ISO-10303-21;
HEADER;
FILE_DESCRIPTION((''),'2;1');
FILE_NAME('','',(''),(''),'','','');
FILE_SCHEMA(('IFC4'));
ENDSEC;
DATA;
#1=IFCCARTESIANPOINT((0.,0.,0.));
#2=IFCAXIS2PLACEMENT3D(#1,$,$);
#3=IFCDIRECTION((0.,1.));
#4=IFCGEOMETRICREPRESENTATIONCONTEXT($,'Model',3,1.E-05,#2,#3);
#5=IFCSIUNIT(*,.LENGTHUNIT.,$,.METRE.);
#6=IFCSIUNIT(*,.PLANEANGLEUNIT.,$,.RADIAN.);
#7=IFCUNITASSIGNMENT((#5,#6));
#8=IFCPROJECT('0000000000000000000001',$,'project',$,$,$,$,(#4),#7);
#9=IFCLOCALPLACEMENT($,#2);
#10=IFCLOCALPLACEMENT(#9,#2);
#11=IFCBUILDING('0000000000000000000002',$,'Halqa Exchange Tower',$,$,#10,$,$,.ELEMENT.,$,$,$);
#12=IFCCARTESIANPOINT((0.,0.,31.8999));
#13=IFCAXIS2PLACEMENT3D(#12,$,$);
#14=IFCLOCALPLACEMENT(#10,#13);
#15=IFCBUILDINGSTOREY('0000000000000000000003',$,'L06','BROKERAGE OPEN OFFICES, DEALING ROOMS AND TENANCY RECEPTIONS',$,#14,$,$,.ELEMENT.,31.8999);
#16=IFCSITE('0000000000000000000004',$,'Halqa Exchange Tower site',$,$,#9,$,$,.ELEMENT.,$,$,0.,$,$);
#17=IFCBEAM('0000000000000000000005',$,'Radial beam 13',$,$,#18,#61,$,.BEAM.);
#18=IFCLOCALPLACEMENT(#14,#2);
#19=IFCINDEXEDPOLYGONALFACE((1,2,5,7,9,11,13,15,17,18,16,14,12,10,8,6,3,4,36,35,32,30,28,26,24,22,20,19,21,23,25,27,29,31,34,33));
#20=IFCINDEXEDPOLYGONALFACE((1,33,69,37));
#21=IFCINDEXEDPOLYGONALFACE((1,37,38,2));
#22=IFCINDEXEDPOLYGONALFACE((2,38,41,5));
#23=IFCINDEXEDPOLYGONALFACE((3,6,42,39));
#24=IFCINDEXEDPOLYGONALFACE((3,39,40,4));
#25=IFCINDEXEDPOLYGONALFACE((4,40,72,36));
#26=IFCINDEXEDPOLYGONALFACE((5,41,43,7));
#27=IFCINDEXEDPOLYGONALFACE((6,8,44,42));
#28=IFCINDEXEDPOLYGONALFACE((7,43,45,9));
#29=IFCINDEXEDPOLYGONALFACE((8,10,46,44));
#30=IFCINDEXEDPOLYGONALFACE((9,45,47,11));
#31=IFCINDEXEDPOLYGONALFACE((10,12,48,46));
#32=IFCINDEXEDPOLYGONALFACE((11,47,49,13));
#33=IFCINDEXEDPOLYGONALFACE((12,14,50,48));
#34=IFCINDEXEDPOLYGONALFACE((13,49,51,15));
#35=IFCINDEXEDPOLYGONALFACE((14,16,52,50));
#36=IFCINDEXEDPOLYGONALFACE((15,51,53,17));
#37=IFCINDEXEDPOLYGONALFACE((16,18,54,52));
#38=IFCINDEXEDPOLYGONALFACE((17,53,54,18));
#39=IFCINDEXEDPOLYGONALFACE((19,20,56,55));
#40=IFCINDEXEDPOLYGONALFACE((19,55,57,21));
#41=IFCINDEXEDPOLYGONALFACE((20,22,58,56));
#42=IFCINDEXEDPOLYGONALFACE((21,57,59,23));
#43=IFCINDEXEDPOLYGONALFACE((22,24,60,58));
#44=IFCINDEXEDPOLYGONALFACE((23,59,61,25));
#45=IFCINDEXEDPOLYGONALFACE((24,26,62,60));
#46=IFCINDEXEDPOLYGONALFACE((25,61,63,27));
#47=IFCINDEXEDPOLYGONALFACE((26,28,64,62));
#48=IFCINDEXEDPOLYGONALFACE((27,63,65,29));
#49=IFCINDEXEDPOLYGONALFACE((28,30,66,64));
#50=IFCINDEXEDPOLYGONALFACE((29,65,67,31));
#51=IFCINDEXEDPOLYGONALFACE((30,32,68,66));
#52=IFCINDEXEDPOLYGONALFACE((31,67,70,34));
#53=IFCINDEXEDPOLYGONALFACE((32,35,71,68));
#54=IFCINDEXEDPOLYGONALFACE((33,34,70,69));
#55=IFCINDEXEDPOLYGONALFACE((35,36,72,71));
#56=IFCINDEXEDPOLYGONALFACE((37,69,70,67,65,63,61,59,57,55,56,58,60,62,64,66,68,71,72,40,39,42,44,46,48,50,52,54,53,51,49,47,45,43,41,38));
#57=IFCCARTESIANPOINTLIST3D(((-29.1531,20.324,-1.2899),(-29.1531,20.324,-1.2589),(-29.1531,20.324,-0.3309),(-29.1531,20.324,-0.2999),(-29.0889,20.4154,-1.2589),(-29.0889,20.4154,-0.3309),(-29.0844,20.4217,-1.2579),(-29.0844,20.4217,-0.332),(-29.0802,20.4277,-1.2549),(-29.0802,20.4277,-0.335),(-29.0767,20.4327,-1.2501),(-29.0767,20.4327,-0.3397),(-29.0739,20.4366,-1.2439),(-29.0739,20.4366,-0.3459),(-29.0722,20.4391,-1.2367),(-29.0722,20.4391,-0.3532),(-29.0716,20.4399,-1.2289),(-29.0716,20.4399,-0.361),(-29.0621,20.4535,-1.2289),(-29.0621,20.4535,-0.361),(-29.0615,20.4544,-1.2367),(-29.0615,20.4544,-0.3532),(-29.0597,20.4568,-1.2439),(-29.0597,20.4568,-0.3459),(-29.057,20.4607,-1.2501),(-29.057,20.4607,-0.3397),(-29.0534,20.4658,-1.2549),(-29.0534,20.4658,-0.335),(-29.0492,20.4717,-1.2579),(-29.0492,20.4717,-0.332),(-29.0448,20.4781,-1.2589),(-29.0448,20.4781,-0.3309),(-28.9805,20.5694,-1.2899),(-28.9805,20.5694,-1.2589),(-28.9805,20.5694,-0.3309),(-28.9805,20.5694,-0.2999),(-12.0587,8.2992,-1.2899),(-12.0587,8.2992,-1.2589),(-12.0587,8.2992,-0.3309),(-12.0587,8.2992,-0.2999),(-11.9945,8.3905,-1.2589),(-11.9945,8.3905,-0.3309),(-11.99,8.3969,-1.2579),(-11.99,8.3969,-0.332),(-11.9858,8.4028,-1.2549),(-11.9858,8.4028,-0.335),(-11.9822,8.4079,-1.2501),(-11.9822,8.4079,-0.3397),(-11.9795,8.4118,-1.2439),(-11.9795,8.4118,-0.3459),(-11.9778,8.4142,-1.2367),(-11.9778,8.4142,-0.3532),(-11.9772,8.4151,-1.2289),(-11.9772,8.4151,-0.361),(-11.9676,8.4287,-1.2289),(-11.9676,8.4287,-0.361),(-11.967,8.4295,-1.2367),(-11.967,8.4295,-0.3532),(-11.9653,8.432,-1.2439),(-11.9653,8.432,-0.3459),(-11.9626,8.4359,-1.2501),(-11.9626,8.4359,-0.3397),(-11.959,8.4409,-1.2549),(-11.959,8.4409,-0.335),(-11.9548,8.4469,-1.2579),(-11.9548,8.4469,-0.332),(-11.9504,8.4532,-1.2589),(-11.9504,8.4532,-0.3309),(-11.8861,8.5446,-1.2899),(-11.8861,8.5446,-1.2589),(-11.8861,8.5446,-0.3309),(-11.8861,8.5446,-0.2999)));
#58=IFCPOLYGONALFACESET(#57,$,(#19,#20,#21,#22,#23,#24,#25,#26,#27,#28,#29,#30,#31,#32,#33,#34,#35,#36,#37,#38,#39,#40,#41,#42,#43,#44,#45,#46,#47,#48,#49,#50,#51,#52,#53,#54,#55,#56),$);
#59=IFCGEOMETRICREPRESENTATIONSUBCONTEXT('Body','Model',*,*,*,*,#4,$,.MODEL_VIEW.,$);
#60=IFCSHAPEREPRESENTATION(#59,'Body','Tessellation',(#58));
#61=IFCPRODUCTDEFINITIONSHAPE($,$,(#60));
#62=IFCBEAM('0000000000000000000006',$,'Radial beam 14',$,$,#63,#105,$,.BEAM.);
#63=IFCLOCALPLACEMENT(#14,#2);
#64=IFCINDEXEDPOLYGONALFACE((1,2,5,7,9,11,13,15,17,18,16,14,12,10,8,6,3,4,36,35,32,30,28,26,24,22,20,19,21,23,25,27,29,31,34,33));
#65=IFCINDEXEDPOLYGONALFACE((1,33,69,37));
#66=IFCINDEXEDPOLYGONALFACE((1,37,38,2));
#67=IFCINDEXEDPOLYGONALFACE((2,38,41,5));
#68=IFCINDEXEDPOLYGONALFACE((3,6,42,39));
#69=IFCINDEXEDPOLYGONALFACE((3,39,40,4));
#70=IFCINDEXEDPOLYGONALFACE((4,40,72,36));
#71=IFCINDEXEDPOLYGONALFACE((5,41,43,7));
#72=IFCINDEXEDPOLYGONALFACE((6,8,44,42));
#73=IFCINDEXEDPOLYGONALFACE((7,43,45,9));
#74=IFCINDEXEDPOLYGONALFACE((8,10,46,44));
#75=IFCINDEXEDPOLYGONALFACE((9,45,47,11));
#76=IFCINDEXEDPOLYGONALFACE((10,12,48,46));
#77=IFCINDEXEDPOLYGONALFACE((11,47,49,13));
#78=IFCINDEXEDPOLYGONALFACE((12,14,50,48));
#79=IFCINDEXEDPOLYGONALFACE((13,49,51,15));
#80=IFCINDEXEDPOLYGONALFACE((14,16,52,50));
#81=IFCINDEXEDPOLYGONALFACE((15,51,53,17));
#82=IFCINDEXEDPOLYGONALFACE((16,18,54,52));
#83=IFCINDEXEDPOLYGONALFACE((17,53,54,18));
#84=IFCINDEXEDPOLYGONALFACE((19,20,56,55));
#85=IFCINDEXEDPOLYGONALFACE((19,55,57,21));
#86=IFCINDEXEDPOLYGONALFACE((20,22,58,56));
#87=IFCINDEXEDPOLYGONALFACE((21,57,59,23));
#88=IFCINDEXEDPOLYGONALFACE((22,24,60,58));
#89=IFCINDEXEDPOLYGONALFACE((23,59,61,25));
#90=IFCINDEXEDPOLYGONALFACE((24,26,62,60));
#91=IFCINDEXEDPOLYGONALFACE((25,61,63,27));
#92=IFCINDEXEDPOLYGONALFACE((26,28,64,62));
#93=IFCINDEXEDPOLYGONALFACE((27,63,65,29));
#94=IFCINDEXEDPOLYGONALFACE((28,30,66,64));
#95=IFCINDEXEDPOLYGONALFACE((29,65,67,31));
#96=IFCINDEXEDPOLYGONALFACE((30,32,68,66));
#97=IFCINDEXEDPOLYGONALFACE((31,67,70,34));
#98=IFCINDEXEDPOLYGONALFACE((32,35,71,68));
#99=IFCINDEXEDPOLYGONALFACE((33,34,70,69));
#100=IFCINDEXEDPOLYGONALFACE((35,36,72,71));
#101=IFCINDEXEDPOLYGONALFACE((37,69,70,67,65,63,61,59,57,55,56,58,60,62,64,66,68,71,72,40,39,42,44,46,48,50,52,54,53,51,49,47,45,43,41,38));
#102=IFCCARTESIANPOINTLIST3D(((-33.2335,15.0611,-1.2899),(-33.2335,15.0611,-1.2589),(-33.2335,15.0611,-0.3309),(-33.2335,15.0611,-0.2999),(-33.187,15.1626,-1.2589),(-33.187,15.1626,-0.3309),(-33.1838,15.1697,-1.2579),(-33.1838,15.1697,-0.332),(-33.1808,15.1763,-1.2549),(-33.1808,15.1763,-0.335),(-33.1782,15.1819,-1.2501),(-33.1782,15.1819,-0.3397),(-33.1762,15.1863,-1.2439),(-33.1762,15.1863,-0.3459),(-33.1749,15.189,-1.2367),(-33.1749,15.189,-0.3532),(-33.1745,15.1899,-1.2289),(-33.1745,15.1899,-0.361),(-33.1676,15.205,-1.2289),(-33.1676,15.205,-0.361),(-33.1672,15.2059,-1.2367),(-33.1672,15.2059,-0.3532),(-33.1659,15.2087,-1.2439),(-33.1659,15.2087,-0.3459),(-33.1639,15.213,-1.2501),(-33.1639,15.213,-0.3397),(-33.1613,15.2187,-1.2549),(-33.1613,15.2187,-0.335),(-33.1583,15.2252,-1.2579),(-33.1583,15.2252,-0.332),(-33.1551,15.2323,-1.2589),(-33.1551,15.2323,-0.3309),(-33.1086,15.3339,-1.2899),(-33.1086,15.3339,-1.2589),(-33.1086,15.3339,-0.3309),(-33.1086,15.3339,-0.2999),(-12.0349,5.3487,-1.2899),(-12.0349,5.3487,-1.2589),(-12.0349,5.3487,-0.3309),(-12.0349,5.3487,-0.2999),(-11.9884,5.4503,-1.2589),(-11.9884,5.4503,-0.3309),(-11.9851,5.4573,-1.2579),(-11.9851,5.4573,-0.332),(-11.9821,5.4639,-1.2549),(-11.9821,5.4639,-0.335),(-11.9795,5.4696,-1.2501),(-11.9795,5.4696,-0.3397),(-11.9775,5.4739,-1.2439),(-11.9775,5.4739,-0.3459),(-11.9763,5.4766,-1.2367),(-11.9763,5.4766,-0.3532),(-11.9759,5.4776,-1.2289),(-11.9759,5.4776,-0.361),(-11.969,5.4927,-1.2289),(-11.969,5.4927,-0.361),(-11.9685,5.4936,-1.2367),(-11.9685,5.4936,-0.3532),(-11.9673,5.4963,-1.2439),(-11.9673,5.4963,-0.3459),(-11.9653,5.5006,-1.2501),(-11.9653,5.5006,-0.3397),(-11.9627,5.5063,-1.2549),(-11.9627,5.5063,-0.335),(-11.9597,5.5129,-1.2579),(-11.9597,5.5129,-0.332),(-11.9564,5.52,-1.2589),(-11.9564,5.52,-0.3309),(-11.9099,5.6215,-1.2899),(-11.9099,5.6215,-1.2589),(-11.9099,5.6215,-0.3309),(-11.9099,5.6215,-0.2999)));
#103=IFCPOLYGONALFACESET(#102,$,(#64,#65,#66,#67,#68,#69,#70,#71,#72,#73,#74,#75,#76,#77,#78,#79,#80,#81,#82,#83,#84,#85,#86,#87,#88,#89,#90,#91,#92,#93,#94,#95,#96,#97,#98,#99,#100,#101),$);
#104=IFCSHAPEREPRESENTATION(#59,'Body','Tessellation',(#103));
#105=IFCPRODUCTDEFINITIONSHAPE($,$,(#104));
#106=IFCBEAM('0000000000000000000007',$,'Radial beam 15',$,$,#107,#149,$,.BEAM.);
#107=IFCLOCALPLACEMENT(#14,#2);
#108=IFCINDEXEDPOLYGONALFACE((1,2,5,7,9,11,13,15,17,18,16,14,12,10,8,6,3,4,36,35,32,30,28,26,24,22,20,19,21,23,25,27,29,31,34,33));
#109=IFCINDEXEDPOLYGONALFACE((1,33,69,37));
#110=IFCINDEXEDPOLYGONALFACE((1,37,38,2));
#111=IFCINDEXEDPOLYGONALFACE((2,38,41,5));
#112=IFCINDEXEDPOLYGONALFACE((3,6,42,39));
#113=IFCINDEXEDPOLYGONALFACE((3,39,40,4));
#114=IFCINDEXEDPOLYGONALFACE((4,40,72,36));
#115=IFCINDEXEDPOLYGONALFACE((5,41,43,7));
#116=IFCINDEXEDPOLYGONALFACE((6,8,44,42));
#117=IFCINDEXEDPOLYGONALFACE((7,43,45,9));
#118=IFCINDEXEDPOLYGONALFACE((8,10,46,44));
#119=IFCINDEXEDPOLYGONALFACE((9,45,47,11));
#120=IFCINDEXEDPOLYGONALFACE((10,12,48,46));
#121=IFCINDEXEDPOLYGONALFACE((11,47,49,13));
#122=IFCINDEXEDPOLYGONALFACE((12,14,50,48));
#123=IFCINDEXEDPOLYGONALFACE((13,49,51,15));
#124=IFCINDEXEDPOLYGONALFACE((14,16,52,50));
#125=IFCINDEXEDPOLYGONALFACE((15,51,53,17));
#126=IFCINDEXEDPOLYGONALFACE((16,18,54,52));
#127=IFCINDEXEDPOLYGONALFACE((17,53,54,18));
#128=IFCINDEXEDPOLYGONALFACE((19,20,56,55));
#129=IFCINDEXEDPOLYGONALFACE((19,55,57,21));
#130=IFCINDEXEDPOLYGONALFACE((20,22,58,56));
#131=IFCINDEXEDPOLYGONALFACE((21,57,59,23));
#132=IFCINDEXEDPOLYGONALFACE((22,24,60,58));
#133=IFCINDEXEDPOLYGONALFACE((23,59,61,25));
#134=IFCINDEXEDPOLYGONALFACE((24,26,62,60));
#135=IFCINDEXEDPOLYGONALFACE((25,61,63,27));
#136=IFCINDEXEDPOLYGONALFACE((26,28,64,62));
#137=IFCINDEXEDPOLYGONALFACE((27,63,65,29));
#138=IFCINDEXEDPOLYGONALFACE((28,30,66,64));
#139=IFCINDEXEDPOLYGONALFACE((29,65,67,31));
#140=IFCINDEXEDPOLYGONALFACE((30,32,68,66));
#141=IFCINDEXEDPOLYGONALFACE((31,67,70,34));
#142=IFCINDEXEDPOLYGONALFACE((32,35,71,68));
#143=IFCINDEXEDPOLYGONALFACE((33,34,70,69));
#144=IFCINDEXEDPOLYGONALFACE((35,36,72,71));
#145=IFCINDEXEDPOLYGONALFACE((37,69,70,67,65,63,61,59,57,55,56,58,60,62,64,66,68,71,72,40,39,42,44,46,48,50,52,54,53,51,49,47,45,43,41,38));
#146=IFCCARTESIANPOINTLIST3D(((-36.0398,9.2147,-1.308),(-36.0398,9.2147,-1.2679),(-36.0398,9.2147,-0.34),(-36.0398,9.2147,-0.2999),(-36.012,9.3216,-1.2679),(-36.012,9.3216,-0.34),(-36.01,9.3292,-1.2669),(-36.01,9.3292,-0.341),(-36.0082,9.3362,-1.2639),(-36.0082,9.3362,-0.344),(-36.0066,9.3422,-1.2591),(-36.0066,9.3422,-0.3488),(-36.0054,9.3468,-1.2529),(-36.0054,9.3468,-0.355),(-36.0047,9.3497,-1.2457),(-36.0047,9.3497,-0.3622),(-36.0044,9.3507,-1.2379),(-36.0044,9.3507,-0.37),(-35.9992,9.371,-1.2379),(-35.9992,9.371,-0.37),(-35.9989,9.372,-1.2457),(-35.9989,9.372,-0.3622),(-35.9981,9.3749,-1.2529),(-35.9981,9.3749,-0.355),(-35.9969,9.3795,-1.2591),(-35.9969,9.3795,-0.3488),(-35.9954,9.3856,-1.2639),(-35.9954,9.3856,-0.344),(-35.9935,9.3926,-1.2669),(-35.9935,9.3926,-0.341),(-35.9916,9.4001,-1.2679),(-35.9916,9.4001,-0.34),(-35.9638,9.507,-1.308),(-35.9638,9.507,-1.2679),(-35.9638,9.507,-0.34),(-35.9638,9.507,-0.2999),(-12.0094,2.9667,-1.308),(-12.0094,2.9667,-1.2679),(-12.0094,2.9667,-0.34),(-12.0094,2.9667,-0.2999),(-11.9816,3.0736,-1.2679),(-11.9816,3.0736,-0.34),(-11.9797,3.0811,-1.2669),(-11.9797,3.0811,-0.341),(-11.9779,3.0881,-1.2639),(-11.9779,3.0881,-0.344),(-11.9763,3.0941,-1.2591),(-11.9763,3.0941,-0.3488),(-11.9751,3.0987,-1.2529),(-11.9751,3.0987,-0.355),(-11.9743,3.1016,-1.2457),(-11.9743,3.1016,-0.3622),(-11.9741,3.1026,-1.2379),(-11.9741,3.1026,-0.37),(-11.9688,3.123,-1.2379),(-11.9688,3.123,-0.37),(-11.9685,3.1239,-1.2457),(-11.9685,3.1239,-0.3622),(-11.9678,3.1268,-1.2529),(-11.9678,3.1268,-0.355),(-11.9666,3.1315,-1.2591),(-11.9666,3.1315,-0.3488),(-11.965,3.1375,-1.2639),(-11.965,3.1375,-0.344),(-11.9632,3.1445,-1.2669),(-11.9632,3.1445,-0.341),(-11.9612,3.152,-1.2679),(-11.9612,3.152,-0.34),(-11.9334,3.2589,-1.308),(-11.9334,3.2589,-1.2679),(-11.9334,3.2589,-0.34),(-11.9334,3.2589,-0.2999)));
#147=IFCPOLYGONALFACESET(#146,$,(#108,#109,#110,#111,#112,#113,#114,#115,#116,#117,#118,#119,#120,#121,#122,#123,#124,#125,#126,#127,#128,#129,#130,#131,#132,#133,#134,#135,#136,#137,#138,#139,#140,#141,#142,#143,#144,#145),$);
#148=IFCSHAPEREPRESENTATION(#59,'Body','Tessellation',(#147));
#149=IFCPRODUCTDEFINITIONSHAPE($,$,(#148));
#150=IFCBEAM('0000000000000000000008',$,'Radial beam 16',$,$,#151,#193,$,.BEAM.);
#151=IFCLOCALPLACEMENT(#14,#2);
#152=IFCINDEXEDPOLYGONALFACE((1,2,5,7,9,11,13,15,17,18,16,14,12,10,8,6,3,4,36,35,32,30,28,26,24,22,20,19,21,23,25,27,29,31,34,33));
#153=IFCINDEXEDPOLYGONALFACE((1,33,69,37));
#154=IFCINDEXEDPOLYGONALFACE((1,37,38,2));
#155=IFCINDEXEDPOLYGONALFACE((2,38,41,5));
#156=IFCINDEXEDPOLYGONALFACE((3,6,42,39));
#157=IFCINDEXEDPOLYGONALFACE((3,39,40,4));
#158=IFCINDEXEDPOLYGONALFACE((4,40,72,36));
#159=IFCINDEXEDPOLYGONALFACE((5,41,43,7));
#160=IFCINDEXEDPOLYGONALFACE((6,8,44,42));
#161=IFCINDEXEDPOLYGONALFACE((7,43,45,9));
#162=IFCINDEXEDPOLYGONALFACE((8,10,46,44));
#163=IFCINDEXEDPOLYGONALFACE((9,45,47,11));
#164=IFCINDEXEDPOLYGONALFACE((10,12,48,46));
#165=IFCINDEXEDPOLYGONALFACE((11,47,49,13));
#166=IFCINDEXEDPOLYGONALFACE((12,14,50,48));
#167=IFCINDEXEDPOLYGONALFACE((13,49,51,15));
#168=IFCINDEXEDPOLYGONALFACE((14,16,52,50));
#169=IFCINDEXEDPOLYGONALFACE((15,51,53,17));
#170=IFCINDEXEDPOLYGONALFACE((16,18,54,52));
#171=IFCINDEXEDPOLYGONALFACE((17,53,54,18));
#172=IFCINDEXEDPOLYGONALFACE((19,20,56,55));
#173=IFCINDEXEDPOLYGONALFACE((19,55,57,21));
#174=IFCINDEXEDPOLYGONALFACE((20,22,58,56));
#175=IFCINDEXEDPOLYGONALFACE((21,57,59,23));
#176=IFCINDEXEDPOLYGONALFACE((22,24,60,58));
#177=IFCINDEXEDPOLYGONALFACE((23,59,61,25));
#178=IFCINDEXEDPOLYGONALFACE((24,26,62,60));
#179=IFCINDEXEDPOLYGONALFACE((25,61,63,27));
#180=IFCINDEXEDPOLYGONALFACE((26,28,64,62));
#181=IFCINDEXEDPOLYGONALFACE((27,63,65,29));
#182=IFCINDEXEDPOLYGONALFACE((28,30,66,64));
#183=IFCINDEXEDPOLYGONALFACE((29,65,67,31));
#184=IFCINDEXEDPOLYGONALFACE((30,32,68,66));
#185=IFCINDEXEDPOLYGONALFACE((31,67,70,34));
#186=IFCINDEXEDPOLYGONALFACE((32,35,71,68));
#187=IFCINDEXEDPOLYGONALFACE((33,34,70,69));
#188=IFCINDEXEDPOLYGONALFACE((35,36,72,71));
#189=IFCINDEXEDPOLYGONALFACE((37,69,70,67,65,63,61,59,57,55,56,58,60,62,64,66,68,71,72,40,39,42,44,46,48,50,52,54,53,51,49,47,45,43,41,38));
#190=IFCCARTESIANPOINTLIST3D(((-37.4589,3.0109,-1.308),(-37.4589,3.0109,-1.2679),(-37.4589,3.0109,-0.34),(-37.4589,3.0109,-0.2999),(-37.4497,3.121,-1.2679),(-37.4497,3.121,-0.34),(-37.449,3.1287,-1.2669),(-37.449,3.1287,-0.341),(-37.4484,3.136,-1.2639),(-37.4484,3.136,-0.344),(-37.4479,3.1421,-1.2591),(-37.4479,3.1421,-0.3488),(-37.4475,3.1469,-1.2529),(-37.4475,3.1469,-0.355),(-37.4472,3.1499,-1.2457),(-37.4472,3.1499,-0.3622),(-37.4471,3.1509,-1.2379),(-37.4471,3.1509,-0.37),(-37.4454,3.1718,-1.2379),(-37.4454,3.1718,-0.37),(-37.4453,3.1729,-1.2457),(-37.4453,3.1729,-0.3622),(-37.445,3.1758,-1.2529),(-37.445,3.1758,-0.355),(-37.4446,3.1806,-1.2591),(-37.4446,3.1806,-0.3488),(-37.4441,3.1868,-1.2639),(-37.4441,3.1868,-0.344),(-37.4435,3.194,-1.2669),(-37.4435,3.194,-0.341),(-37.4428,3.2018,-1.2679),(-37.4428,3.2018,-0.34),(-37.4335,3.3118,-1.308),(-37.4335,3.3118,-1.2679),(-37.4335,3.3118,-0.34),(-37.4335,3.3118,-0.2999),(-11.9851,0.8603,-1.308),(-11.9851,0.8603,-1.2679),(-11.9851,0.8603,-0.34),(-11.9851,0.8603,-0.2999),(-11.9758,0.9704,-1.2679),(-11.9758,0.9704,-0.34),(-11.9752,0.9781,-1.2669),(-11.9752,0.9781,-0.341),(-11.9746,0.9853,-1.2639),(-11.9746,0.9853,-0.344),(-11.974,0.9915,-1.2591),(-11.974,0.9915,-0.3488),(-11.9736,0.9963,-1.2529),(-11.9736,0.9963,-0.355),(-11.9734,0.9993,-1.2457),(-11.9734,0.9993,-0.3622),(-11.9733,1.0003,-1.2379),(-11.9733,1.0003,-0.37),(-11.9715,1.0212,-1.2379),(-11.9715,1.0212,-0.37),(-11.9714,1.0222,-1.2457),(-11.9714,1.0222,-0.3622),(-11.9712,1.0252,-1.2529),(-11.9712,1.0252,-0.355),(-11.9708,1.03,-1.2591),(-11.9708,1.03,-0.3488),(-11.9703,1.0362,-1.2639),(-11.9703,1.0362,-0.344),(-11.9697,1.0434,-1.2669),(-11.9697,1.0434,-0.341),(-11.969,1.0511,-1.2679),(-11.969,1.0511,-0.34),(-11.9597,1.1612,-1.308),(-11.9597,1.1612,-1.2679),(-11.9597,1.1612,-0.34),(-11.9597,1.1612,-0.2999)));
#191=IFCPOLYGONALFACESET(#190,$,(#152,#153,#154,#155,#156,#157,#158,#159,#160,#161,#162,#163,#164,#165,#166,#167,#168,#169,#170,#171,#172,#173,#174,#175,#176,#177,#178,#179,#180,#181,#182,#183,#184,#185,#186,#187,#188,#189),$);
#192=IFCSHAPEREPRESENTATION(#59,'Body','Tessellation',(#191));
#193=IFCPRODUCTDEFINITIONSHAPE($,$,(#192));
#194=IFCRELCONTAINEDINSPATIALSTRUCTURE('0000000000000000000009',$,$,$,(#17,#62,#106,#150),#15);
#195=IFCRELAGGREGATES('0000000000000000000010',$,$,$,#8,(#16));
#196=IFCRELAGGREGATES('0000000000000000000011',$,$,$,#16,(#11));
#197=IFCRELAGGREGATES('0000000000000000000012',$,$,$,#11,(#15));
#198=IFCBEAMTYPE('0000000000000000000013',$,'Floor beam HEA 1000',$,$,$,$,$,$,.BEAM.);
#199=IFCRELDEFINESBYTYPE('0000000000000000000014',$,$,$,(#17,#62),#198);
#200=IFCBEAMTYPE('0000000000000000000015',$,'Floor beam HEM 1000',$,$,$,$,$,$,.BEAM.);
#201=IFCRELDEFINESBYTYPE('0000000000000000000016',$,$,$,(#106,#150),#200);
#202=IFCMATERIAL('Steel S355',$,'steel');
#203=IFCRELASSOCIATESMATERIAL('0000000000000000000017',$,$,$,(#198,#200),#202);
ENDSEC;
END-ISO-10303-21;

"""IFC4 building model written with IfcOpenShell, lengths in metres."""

from ifc_helpers import new_model, si_unit, direction, frame, origin, origin_2d, place, context, subcontext, project, spatial, i_section, extrude, material, material_profile, profile_set, type_object, element, save


model = new_model("IFC4")

# Units and contexts
model_context = context("Model", 3, precision=1e-05, world=origin(), true_north=direction((0.0, 1.0)))
body_context = subcontext(model_context, "Body", "Model", "MODEL_VIEW")
ifc_project = project(units=[si_unit("LENGTHUNIT", "METRE"), si_unit("PLANEANGLEUNIT", "RADIAN")], contexts=[model_context])

# Site, building, storey
site_placement = place(None, origin())
site = spatial("IfcSite", under=ifc_project, at=site_placement, Name="Halqa Exchange Tower site", CompositionType="ELEMENT", RefElevation=0.0)
building_placement = place(site_placement, origin())
building = spatial("IfcBuilding", under=site, at=building_placement, Name="Halqa Exchange Tower", CompositionType="ELEMENT")
storey_placement = place(building_placement, frame((0.0, 0.0, 31.8999)))
storey = spatial("IfcBuildingStorey", under=building, at=storey_placement, Name="L06", Description="BROKERAGE OPEN OFFICES, DEALING ROOMS AND TENANCY RECEPTIONS", CompositionType="ELEMENT", Elevation=31.8999)

# Beams
ifc_material_1 = material(Name="Steel S355", Category="steel")
ifc_material_profile_1 = material_profile(ifc_material_1, i_section(OverallWidth=0.3, OverallDepth=0.99, WebThickness=0.0166, FlangeThickness=0.031, FilletRadius=0.03, at=origin_2d()), Name="HEA 1000")
ifc_profile_set_1 = profile_set([ifc_material_profile_1], Name="Steel S355")
beam_type_1 = type_object("IfcBeamType", Name="Floor beam HEA 1000", PredefinedType="BEAM", material=ifc_profile_set_1)
beam_1_placement = place(storey_placement, frame((-11.9724, 8.4219, -0.7949), z_axis=(-0.817909, 0.575348, 0.0), x_axis=(-0.575348, -0.817909, 0.0)))
element("IfcBeam", 1, at=beam_1_placement, inside=storey, type_object=beam_type_1, Name="Radial beam 13", PredefinedType="BEAM", context=body_context, shape_type="SweptSolid", body=[
    extrude(i_section(OverallWidth=0.3, OverallDepth=0.99, WebThickness=0.0166, FlangeThickness=0.031, FilletRadius=0.03, at=origin_2d()), origin(), (0.0, 0.0, 1.0), 20.9001),
])
beam_2_placement = place(storey_placement, frame((-11.9724, 5.4851, -0.7949), z_axis=(-0.909125, 0.416524, 0.0), x_axis=(-0.416524, -0.909125, 0.0)))
element("IfcBeam", 2, at=beam_2_placement, inside=storey, type_object=beam_type_1, Name="Radial beam 14", PredefinedType="BEAM", context=body_context, shape_type="SweptSolid", body=[
    extrude(i_section(OverallWidth=0.3, OverallDepth=0.99, WebThickness=0.0166, FlangeThickness=0.031, FilletRadius=0.03, at=origin_2d()), origin(), (0.0, 0.0, 1.0), 23.3176),
])
ifc_material_profile_2 = material_profile(ifc_material_1, i_section(OverallWidth=0.302, OverallDepth=1.0081, WebThickness=0.021, FlangeThickness=0.04, FilletRadius=0.03, at=origin_2d()), Name="HEM 1000")
ifc_profile_set_2 = profile_set([ifc_material_profile_2], Name="Steel S355")
beam_type_2 = type_object("IfcBeamType", Name="Floor beam HEM 1000", PredefinedType="BEAM", material=ifc_profile_set_2)
beam_3_placement = place(storey_placement, frame((-11.9714, 3.1128, -0.804), z_axis=(-0.967821, 0.25164, 0.0), x_axis=(-0.25164, -0.967821, 0.0)))
element("IfcBeam", 3, at=beam_3_placement, inside=storey, type_object=beam_type_2, Name="Radial beam 15", PredefinedType="BEAM", context=body_context, shape_type="SweptSolid", body=[
    extrude(i_section(OverallWidth=0.302, OverallDepth=1.0081, WebThickness=0.021, FlangeThickness=0.04, FilletRadius=0.03, at=origin_2d()), origin(), (0.0, 0.0, 1.0), 24.8293),
])
for number, where, z_axis, x_axis, name in (
    (4, (-11.9724, 1.0107, -0.804), (-0.996455, 0.084126, 0.0), (-0.084126, -0.996455, 0.0), "Radial beam 16"),
):
    element("IfcBeam", number, at=place(storey_placement, frame(where, z_axis=z_axis, x_axis=x_axis)), inside=storey, type_object=beam_type_2, Name=name, PredefinedType="BEAM", context=body_context, shape_type="SweptSolid", body=[
        extrude(i_section(OverallWidth=0.302, OverallDepth=1.0081, WebThickness=0.021, FlangeThickness=0.04, FilletRadius=0.03, at=origin_2d()), origin(), (0.0, 0.0, 1.0), 25.5645),
    ])

save(model, "model.ifc")
